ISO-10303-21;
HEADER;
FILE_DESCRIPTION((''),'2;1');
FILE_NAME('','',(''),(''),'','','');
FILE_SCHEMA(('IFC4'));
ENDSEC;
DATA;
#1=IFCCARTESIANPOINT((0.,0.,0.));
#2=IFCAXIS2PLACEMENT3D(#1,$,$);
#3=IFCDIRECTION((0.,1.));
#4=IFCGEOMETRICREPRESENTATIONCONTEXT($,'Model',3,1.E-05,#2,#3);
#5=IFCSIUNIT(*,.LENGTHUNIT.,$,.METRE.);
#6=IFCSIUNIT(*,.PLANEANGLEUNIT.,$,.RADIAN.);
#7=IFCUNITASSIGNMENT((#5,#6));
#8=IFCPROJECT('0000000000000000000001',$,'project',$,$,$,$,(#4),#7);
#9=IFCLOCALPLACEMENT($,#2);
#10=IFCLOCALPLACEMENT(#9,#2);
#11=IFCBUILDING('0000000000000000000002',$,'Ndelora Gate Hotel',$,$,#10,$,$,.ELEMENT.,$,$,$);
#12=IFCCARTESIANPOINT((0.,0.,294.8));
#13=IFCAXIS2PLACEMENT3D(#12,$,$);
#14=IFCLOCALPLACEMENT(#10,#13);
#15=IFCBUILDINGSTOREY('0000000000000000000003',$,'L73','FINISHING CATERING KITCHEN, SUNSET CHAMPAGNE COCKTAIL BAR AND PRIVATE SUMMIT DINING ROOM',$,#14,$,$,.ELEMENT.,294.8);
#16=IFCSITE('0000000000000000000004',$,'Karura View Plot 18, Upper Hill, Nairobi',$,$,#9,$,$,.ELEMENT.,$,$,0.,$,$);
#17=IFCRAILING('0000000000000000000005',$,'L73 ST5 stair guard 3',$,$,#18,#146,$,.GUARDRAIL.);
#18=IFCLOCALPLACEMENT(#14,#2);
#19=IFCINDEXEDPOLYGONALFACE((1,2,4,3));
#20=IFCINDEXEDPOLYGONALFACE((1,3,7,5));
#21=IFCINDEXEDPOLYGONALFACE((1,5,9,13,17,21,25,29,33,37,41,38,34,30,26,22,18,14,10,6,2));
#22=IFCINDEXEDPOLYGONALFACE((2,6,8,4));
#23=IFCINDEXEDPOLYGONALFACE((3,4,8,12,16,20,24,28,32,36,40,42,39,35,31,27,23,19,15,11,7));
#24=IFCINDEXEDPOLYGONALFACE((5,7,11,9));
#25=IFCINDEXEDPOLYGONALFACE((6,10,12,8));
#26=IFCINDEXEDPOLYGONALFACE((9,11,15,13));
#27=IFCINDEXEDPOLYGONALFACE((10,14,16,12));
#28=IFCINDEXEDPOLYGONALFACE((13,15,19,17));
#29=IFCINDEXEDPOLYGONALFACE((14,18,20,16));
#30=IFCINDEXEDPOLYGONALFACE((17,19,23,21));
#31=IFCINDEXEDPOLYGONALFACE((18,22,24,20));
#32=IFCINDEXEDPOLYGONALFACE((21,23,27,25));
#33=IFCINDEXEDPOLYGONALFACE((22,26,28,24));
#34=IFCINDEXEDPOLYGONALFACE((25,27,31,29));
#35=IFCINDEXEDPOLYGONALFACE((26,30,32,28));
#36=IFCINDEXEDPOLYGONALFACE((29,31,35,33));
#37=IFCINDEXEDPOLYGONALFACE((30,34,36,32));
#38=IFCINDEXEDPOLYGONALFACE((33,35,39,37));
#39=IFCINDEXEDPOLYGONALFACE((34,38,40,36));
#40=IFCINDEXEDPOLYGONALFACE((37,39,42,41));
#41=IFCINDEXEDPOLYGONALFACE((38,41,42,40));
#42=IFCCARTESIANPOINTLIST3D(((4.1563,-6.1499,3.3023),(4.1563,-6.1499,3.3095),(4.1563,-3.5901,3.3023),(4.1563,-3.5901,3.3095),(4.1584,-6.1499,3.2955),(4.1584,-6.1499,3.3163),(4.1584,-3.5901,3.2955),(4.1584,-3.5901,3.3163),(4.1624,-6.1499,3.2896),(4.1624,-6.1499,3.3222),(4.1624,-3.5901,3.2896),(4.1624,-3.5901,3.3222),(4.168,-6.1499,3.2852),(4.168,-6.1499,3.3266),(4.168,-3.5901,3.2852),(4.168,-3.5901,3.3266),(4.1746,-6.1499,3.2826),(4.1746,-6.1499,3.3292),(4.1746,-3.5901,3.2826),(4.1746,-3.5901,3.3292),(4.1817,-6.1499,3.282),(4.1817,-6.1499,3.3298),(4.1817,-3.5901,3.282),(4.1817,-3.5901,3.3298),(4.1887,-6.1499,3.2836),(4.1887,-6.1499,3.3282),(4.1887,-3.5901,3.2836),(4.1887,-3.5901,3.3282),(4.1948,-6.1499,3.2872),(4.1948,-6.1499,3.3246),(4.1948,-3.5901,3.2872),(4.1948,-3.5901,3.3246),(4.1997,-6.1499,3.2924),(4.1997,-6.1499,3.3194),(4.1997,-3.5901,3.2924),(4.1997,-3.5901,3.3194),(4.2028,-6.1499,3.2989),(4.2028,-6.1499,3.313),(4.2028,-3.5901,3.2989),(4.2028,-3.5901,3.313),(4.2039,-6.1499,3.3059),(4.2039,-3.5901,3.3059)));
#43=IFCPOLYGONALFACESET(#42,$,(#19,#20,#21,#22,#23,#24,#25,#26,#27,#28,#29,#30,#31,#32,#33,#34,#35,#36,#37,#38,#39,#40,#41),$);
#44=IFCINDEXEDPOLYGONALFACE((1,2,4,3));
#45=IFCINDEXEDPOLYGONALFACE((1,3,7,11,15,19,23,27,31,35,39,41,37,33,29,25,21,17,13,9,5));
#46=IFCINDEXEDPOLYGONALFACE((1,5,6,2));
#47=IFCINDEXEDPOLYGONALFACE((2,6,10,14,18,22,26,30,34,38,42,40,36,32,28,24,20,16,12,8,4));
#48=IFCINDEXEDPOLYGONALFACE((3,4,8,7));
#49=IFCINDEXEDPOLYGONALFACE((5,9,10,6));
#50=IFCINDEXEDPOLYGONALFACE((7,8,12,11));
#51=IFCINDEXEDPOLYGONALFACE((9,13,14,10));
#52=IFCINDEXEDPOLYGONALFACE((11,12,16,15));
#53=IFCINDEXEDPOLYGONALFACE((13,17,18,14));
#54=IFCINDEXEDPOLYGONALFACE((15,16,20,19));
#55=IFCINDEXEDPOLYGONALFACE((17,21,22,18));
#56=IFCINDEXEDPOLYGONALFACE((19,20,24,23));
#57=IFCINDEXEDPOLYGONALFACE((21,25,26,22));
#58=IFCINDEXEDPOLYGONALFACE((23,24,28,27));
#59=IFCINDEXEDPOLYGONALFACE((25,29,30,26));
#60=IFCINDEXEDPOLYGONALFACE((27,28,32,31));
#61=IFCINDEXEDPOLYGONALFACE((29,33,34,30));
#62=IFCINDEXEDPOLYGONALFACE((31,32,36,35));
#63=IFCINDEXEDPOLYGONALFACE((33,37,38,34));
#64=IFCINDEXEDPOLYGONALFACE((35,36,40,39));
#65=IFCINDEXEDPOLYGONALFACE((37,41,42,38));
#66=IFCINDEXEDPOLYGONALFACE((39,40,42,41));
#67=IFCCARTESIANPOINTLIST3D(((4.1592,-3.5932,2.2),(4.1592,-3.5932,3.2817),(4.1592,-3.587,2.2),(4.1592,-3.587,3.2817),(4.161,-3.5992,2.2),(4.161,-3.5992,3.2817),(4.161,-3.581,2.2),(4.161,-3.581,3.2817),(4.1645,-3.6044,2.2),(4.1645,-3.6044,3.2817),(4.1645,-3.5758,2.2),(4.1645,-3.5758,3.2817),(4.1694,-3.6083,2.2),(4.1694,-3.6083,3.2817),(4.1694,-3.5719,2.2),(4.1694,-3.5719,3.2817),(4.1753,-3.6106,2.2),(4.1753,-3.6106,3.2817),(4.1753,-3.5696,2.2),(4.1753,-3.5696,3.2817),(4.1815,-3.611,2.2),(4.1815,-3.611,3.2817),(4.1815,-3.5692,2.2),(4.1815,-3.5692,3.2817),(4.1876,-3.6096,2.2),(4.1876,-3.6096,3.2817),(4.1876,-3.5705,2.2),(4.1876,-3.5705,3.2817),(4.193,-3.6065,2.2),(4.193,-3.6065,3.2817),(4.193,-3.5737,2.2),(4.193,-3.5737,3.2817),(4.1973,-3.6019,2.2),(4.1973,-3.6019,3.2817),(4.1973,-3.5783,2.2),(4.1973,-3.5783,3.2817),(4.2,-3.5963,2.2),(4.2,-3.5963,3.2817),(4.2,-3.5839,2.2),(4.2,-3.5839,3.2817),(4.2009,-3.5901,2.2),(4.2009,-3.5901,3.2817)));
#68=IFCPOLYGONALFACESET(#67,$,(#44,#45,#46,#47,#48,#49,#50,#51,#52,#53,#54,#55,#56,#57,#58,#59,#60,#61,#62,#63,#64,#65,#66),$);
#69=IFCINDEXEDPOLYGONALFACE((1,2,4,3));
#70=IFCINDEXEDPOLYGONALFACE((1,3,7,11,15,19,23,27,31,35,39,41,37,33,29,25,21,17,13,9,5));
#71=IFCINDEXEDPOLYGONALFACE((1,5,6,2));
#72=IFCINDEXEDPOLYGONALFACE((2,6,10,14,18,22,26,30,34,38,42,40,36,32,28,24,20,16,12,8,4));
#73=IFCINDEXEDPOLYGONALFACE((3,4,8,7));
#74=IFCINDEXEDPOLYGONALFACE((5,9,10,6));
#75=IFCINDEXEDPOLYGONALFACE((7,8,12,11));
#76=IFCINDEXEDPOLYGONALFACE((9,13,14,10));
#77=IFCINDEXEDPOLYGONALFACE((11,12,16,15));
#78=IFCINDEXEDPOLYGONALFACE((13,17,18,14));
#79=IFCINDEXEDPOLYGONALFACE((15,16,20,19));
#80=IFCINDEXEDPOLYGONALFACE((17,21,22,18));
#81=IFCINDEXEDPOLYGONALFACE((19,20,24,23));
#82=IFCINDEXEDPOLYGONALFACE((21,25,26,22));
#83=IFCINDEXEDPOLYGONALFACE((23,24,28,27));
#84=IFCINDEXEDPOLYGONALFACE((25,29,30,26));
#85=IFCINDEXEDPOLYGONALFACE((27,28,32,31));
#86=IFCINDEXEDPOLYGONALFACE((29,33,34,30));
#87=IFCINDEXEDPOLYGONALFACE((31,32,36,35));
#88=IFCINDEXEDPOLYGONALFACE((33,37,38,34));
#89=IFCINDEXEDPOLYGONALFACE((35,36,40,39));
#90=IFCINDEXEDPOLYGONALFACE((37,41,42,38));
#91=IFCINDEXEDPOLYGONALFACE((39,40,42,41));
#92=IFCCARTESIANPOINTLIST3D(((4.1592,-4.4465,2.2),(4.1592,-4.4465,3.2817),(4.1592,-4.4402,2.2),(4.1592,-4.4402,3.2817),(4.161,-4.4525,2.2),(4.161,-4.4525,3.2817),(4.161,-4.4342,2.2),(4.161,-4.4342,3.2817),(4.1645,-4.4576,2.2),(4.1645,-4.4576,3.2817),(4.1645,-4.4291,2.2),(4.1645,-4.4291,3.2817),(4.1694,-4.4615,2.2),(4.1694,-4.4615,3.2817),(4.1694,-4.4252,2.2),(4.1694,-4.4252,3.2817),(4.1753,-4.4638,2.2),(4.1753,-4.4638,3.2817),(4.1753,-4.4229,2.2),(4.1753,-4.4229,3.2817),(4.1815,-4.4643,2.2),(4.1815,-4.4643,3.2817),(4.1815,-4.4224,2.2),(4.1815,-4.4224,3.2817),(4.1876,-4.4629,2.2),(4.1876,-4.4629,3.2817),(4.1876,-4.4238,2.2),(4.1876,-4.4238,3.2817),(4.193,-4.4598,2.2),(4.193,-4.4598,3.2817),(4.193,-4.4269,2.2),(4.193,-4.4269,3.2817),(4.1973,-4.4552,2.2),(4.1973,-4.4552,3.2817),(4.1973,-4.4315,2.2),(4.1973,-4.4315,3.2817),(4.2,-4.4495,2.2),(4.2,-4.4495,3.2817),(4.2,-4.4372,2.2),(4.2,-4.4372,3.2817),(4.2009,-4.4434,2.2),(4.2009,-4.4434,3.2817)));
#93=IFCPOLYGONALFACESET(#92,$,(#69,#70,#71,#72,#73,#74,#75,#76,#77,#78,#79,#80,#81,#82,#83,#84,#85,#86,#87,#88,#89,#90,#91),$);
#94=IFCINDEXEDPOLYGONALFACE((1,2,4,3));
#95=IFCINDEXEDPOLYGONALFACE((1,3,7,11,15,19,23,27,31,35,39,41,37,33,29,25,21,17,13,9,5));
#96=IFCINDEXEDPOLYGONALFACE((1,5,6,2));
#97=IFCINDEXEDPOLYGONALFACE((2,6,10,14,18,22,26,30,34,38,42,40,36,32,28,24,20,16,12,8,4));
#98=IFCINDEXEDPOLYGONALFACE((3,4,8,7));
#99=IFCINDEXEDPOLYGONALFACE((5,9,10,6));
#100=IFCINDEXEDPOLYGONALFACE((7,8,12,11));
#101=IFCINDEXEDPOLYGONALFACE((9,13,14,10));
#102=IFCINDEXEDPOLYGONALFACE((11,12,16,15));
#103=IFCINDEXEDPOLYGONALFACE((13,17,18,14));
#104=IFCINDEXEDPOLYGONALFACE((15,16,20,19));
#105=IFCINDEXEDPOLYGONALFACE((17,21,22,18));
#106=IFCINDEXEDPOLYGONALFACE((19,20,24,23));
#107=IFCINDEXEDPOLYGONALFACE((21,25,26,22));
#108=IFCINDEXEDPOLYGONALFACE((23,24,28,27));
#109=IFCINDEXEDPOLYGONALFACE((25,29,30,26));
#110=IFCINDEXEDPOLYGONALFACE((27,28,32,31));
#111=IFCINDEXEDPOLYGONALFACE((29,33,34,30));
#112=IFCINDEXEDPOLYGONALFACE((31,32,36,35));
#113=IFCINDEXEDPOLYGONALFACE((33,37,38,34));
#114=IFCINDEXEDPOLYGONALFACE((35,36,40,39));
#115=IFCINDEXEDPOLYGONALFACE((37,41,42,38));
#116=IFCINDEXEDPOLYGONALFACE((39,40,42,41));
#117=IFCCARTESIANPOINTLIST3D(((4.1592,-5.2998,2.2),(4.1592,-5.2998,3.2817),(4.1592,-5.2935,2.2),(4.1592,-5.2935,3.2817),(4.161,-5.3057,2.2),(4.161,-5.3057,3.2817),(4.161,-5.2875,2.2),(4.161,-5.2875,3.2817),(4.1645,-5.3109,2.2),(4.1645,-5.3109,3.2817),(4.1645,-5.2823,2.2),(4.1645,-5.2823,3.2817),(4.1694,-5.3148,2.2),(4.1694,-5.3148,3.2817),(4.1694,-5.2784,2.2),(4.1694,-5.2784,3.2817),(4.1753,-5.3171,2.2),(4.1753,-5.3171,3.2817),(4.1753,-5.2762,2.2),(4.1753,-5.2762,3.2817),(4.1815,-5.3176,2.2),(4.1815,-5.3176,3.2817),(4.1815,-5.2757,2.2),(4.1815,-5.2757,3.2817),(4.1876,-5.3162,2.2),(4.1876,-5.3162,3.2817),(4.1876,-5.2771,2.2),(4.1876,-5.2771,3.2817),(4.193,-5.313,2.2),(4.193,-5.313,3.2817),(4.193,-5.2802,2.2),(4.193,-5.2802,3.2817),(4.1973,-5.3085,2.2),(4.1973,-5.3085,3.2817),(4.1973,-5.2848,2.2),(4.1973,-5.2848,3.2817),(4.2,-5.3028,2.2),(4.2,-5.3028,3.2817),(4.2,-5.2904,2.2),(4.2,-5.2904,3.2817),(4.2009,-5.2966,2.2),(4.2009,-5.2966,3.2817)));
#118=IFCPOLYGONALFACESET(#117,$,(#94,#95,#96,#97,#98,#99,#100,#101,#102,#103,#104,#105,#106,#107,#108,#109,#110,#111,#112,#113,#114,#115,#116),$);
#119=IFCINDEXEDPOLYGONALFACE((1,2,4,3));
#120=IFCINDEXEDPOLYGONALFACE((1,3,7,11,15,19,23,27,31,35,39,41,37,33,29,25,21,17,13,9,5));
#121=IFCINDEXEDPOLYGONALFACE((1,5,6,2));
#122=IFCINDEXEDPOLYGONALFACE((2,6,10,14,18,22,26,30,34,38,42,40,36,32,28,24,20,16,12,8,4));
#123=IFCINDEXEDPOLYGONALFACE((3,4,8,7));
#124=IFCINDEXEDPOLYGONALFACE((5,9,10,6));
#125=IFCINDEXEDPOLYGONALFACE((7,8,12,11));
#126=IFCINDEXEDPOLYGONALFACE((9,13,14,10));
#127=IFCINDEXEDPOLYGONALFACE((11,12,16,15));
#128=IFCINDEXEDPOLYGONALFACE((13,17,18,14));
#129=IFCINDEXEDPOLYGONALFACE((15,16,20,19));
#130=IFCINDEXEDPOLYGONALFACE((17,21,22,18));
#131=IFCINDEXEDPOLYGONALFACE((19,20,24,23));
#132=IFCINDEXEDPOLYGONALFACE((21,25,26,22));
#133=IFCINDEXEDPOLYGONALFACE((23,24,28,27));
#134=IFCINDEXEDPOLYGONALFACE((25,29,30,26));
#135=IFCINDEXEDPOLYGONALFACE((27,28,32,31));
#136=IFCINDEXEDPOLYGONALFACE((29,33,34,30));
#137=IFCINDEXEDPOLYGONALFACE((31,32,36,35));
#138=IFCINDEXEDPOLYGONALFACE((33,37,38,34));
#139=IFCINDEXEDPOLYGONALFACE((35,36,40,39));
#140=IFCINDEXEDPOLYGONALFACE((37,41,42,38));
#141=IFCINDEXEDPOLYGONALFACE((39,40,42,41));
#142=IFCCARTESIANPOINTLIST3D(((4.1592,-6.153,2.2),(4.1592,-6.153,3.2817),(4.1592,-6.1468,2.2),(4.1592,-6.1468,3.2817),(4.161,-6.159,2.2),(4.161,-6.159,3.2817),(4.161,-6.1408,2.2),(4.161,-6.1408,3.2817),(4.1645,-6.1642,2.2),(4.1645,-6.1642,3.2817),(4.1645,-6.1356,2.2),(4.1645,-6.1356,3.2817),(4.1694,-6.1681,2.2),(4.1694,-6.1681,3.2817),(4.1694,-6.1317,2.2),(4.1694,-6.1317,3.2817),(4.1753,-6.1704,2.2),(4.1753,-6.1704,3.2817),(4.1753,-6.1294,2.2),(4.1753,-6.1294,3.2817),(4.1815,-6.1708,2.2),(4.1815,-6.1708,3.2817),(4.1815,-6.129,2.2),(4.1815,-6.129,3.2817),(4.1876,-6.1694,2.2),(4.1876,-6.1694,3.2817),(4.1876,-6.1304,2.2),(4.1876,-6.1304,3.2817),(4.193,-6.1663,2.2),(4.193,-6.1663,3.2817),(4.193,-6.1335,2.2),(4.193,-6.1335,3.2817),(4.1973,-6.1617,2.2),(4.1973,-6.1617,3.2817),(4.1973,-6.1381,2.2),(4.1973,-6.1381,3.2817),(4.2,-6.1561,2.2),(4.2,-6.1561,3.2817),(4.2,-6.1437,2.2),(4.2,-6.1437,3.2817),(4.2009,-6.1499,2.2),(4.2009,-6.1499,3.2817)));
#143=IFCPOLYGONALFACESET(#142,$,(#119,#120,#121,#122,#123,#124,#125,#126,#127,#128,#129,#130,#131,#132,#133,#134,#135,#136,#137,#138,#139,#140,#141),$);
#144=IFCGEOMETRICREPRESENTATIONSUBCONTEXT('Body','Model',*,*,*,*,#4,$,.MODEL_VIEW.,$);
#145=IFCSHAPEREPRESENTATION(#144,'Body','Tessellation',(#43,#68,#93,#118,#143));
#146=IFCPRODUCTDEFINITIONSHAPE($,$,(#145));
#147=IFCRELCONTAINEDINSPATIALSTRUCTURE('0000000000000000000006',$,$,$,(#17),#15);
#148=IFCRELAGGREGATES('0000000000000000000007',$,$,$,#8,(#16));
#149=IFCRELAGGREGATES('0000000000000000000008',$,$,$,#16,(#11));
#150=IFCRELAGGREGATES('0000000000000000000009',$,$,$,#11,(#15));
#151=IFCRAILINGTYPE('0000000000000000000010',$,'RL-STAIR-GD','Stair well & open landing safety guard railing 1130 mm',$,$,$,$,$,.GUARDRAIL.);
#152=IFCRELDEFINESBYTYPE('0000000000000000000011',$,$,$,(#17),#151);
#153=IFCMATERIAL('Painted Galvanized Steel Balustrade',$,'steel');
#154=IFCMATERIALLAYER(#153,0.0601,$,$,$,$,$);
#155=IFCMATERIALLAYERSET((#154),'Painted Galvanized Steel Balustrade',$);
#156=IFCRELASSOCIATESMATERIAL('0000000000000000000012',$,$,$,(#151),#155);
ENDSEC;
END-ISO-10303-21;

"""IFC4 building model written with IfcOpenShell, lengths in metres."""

from ifc_helpers import new_model, si_unit, direction, frame, origin, origin_2d, place, context, subcontext, project, spatial, circle, extrude, material, layer, layer_set, type_object, element, save


model = new_model("IFC4")

# Units and contexts
model_context = context("Model", 3, precision=1e-05, world=origin(), true_north=direction((0.0, 1.0)))
body_context = subcontext(model_context, "Body", "Model", "MODEL_VIEW")
ifc_project = project(units=[si_unit("LENGTHUNIT", "METRE"), si_unit("PLANEANGLEUNIT", "RADIAN")], contexts=[model_context])

# Site, building, storey
site_placement = place(None, origin())
site = spatial("IfcSite", under=ifc_project, at=site_placement, Name="Karura View Plot 18, Upper Hill, Nairobi", CompositionType="ELEMENT", RefElevation=0.0)
building_placement = place(site_placement, origin())
building = spatial("IfcBuilding", under=site, at=building_placement, Name="Ndelora Gate Hotel", CompositionType="ELEMENT")
storey_placement = place(building_placement, frame((0.0, 0.0, 294.8)))
storey = spatial("IfcBuildingStorey", under=building, at=storey_placement, Name="L73", Description="FINISHING CATERING KITCHEN, SUNSET CHAMPAGNE COCKTAIL BAR AND PRIVATE SUMMIT DINING ROOM", CompositionType="ELEMENT", Elevation=294.8)

# Railing
ifc_material_1 = material(Name="Painted Galvanized Steel Balustrade", Category="steel")
ifc_layer_1 = layer(ifc_material_1, 0.0601)
ifc_layer_set_1 = layer_set([ifc_layer_1], Name="Painted Galvanized Steel Balustrade")
railing_type_1 = type_object("IfcRailingType", Name="RL-STAIR-GD", Description="Stair well & open landing safety guard railing 1130 mm", PredefinedType="GUARDRAIL", material=ifc_layer_set_1)
for number, where, name in (
    (1, (4.1799, -3.5901, 2.2), "L73 ST5 stair guard 3"),
):
    element("IfcRailing", number, at=place(storey_placement, frame(where)), inside=storey, type_object=railing_type_1, Name=name, PredefinedType="GUARDRAIL", context=body_context, shape_type="SweptSolid", body=[
        extrude(circle(Radius=0.0239, at=origin_2d()), frame((0.0, 0.0, 1.106), z_axis=(0.0, -1.0, 0.0), x_axis=(1.0, 0.0, 0.0)), (0.0, 0.0, 1.0), 2.5598),
        extrude(circle(Radius=0.021, at=origin_2d()), origin(), (0.0, 0.0, 1.0), 1.0818),
        extrude(circle(Radius=0.021, at=origin_2d()), frame((0.0, -0.8533, 0.0)), (0.0, 0.0, 1.0), 1.0818),
        extrude(circle(Radius=0.021, at=origin_2d()), frame((0.0, -1.7065, 0.0)), (0.0, 0.0, 1.0), 1.0818),
        extrude(circle(Radius=0.021, at=origin_2d()), frame((0.0, -2.5598, 0.0)), (0.0, 0.0, 1.0), 1.0818),
    ])

save(model, "model.ifc")
